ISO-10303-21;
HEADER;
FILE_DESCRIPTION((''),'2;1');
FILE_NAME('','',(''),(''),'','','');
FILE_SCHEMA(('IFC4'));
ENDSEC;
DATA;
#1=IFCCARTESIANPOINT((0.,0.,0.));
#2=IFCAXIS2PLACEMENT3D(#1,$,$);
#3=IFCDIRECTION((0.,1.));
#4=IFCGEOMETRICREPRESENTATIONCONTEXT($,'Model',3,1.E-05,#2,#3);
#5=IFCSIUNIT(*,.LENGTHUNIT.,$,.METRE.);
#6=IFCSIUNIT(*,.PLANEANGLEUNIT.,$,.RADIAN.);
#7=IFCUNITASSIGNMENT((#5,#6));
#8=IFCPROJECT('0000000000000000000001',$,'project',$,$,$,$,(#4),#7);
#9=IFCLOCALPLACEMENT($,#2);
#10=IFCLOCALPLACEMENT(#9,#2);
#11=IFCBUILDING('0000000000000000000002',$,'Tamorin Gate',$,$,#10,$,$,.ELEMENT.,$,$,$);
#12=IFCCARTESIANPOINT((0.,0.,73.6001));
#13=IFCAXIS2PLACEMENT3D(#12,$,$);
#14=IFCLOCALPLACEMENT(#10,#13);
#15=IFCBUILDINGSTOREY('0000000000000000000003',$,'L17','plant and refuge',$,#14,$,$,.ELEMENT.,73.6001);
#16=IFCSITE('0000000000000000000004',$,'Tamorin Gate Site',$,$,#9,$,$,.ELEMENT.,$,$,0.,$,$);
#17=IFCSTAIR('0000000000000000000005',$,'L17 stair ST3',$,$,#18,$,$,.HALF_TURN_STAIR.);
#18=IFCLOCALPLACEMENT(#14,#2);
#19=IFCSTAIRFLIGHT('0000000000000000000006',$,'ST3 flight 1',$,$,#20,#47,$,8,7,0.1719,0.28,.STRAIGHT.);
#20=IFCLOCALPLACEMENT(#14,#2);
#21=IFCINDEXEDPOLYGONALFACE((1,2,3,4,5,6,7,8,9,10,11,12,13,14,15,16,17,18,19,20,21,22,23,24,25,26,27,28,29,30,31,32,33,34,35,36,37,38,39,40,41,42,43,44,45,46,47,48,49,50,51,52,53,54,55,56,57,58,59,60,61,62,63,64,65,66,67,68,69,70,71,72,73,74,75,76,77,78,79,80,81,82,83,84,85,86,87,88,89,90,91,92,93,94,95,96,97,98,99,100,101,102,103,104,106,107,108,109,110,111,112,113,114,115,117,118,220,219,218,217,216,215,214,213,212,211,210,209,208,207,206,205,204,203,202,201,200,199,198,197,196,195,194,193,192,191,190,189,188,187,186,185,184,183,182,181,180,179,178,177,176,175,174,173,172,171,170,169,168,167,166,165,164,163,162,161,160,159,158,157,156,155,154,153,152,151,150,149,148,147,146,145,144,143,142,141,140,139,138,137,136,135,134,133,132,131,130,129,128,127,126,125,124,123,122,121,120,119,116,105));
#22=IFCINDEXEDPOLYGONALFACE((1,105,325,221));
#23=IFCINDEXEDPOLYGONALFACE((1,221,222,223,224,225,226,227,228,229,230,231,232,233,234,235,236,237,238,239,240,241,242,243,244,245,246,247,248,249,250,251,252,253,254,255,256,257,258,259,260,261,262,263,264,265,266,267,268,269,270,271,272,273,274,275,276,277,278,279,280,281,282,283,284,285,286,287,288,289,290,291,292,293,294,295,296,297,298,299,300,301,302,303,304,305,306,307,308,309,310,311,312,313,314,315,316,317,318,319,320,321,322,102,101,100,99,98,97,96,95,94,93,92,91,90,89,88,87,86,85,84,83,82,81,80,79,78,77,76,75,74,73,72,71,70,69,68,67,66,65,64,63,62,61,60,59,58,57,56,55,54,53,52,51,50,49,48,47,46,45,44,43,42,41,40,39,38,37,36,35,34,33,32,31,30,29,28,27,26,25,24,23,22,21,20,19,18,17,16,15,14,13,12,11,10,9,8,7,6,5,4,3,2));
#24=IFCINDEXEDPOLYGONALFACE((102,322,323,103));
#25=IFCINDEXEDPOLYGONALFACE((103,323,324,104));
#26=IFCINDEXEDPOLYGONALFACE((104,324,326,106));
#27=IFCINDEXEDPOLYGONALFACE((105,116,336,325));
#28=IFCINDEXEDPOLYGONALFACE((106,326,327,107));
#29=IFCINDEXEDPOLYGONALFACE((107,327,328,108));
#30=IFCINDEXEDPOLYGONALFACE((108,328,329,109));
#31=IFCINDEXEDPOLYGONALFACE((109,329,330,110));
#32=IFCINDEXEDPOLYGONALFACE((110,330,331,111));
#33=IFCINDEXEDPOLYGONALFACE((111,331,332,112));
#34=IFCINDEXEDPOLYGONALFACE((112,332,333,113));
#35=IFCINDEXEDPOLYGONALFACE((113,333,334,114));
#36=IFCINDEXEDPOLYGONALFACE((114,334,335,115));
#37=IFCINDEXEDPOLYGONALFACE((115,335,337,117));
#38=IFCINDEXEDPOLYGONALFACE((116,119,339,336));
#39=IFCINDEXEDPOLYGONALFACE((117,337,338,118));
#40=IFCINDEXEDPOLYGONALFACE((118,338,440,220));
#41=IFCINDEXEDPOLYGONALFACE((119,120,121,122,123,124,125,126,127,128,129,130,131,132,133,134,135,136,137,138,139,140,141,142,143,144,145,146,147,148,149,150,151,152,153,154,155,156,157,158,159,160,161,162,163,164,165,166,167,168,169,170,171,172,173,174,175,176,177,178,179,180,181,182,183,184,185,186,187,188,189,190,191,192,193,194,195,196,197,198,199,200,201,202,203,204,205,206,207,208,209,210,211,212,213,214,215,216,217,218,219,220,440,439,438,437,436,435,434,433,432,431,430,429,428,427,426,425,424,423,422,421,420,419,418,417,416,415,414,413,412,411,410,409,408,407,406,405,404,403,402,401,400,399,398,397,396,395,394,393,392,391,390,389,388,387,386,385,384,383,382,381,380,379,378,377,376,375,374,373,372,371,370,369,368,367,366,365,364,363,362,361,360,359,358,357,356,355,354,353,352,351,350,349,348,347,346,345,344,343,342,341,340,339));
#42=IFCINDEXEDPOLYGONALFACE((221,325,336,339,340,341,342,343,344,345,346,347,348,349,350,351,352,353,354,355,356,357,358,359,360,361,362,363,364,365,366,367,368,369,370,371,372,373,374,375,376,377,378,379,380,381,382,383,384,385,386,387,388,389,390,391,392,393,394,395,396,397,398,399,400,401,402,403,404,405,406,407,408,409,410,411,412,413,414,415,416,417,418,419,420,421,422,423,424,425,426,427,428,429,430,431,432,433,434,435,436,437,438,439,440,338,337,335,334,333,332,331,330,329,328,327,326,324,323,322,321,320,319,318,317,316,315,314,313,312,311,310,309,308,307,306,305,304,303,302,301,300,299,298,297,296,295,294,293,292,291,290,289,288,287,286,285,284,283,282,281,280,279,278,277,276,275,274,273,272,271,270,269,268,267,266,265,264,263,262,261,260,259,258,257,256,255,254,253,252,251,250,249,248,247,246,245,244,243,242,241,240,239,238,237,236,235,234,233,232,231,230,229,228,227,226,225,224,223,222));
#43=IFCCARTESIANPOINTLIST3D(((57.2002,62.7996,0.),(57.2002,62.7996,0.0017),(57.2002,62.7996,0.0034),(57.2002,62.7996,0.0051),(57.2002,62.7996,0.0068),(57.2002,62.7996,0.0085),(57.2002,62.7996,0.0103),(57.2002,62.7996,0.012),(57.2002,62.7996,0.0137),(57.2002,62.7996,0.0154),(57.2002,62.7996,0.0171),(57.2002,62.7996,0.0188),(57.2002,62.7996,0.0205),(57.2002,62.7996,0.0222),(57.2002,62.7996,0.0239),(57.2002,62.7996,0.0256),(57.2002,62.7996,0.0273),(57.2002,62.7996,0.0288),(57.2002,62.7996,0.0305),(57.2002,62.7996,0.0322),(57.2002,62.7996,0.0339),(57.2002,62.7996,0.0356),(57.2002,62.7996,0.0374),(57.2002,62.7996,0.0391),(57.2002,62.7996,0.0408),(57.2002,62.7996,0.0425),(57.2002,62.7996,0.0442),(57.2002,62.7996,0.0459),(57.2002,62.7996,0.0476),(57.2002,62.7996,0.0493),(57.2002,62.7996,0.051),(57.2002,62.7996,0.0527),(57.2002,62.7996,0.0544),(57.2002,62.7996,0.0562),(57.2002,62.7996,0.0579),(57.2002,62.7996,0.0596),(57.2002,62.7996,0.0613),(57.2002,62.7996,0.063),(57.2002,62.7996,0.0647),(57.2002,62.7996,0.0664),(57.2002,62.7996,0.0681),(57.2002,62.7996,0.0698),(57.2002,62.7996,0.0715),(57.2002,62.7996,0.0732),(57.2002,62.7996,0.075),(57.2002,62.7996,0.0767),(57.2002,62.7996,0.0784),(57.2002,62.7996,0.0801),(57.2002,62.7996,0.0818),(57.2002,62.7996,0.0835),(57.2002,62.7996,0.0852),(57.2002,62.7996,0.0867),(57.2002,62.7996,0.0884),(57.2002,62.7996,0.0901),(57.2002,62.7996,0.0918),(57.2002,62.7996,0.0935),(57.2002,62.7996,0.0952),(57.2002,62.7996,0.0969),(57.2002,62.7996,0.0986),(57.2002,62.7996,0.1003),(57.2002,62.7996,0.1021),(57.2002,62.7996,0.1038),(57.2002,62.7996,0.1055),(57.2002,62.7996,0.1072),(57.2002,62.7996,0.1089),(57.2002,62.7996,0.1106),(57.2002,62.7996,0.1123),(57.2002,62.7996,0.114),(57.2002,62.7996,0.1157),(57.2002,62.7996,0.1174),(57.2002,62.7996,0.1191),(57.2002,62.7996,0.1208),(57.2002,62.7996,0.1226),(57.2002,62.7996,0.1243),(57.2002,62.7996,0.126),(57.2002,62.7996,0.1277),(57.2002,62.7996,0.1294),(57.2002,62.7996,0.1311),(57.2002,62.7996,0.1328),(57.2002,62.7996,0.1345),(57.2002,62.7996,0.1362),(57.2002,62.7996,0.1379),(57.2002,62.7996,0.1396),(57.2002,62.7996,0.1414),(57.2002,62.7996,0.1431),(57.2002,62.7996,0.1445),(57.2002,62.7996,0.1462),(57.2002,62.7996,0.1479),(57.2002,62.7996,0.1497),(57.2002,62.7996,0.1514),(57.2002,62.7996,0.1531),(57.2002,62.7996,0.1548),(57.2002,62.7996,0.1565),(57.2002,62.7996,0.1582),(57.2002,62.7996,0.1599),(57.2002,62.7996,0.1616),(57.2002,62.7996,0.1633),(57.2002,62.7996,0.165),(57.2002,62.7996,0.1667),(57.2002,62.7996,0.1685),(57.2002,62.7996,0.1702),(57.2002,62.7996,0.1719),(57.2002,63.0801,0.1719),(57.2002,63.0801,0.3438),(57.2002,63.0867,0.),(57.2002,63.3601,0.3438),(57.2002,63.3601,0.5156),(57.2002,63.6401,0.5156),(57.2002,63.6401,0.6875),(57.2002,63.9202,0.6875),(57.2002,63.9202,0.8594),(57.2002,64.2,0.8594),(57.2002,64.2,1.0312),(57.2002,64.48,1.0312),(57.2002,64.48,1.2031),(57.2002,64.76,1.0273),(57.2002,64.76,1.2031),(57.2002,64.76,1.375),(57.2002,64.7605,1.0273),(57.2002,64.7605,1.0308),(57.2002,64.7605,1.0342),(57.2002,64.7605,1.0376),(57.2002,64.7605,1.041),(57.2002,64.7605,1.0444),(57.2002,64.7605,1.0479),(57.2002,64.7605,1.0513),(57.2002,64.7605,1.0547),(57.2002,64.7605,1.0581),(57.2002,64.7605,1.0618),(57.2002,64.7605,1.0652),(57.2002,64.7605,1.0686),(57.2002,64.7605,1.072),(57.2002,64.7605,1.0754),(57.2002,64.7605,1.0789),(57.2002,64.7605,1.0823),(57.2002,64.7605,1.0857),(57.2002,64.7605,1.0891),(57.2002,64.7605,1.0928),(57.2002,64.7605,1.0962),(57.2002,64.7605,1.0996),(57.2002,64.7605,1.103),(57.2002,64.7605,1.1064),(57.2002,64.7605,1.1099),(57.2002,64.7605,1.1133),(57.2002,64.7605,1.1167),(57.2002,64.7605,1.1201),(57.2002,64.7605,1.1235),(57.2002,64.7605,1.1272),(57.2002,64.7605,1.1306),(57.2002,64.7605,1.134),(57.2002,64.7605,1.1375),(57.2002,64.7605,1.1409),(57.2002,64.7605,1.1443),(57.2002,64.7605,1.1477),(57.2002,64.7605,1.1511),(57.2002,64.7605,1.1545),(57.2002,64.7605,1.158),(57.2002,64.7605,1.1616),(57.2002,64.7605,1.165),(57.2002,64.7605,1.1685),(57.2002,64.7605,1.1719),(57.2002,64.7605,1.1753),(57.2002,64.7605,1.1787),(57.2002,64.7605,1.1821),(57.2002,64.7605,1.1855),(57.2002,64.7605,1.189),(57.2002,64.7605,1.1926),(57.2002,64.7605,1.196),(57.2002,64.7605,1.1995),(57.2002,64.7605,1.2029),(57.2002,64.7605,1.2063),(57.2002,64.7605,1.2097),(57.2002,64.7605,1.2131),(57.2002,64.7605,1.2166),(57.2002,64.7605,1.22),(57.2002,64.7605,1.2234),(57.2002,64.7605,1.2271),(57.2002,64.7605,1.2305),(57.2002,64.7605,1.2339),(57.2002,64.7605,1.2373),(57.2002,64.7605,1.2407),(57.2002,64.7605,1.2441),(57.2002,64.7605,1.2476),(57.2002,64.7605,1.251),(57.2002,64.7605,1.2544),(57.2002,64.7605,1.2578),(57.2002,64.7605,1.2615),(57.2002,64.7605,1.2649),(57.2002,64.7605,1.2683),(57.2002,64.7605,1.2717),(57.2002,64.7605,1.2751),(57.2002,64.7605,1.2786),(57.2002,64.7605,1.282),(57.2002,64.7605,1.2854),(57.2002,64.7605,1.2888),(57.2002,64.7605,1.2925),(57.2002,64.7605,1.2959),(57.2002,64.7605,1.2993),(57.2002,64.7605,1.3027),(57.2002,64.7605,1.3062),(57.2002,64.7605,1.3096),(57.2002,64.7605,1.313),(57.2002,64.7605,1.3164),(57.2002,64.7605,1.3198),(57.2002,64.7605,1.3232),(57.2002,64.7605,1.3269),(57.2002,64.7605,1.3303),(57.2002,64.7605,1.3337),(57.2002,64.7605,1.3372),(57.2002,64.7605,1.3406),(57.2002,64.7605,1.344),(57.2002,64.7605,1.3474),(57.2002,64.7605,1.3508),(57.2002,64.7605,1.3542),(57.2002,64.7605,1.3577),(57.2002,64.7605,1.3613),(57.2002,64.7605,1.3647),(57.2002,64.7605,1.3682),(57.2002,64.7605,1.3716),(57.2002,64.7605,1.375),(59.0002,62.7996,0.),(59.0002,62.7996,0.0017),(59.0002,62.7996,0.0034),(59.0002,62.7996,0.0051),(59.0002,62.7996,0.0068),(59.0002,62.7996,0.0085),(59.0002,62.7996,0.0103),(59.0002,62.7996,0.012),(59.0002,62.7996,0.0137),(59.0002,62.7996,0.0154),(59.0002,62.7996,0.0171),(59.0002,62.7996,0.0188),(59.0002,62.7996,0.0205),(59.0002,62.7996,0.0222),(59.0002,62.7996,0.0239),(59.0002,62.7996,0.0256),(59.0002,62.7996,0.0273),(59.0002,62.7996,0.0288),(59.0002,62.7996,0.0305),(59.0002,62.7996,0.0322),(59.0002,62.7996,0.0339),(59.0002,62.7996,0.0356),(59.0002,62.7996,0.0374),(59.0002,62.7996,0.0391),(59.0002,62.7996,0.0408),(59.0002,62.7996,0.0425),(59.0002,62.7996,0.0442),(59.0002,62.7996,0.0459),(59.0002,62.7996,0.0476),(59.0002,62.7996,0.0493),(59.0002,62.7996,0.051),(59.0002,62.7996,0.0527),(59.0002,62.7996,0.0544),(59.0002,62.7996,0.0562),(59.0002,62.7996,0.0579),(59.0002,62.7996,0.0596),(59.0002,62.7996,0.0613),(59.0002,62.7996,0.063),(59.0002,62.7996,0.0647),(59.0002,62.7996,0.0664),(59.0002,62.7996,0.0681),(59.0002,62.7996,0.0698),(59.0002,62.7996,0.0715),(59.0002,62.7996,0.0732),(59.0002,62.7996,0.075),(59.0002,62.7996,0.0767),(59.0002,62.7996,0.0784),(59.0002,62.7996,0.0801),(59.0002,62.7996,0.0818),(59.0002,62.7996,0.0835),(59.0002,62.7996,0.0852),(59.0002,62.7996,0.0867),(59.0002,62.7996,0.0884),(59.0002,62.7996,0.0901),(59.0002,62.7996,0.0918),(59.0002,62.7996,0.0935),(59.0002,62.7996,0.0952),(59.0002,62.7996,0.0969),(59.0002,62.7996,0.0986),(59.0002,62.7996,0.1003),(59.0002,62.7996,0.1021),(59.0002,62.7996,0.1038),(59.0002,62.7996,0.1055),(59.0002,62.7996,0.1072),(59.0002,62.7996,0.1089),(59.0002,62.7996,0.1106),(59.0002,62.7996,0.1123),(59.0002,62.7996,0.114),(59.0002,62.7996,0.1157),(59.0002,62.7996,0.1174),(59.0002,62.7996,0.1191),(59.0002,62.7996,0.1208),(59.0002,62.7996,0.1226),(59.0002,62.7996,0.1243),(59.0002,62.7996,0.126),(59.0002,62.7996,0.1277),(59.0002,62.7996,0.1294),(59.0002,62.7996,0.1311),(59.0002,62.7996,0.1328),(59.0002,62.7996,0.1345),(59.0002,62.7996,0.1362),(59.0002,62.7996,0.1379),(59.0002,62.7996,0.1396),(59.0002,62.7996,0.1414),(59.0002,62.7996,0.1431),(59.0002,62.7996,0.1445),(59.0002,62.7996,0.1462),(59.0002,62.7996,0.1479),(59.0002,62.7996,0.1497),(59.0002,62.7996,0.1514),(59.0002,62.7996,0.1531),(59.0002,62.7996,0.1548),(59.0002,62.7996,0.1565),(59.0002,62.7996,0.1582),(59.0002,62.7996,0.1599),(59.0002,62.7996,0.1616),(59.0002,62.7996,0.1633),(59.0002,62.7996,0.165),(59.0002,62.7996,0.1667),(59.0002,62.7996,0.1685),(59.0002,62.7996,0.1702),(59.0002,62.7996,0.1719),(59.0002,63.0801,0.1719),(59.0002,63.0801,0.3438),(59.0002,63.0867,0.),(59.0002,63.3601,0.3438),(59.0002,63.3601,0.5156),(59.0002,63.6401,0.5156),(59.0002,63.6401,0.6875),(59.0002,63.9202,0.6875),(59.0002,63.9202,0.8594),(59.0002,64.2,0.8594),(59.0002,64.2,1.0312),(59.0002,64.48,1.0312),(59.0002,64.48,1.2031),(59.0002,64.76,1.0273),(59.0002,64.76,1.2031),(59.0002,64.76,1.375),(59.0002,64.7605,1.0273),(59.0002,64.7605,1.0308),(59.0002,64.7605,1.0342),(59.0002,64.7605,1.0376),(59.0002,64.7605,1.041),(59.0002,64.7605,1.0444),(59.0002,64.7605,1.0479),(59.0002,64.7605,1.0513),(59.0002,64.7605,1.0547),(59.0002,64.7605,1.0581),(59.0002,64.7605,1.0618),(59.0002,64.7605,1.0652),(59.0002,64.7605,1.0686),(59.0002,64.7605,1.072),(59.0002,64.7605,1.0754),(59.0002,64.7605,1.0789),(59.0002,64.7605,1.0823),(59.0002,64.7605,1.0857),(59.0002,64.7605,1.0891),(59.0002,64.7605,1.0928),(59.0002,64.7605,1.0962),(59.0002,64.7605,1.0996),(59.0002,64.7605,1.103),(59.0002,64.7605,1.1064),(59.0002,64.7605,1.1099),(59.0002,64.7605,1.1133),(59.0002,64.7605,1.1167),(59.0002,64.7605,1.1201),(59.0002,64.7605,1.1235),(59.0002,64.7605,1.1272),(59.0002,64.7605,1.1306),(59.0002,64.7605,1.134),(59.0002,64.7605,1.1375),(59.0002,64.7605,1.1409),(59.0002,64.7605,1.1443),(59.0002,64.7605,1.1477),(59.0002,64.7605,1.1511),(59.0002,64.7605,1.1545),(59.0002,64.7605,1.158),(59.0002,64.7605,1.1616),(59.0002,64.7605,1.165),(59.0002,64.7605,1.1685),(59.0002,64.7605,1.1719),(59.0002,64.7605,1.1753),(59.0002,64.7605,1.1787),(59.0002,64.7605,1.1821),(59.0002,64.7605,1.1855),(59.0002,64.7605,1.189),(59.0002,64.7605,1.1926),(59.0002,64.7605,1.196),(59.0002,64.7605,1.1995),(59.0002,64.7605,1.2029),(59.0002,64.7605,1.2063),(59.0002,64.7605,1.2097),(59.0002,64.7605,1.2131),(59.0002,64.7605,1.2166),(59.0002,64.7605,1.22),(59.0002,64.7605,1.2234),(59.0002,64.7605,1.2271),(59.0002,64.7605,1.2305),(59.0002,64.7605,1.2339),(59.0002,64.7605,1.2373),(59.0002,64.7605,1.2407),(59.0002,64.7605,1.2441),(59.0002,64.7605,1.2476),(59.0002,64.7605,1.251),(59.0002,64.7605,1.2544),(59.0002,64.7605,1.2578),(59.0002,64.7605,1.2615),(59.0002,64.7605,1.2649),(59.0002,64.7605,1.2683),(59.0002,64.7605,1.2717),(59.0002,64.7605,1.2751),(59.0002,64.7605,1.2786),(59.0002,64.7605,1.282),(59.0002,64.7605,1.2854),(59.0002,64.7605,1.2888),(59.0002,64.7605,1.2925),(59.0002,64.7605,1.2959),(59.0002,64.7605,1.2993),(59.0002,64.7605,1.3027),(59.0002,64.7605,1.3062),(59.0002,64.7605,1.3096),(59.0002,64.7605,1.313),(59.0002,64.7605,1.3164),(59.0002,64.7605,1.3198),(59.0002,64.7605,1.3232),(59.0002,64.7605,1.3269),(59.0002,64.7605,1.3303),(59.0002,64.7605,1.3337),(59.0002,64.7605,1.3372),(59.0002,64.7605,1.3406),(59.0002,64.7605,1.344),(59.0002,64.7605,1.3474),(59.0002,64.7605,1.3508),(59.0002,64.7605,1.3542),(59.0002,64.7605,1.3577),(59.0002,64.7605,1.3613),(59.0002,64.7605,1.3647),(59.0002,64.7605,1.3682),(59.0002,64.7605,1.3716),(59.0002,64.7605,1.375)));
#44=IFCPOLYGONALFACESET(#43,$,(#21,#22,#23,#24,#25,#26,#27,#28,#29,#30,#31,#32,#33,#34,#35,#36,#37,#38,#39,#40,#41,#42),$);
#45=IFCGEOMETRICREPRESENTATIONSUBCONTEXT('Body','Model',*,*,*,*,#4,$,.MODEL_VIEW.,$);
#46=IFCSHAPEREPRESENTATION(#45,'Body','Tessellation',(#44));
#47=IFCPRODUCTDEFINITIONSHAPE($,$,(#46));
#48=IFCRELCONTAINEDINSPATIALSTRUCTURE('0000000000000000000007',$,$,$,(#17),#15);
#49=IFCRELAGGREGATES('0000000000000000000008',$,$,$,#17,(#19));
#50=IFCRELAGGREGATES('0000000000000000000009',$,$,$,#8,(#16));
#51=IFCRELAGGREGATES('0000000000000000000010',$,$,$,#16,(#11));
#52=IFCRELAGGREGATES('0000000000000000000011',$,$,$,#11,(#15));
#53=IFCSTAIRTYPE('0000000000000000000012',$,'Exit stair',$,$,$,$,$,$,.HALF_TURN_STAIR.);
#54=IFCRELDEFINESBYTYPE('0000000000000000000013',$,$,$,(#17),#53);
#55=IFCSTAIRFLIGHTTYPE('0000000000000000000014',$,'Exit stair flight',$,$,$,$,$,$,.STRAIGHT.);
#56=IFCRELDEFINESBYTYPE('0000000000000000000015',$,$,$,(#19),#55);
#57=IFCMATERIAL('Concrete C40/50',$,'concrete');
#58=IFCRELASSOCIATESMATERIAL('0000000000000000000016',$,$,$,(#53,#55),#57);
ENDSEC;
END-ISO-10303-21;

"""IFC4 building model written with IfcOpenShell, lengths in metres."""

from ifc_helpers import new_model, si_unit, direction, frame, origin, place, context, subcontext, project, spatial, polyline, outline, extrude, material, type_object, element, aggregate, save


model = new_model("IFC4")

# Units and contexts
model_context = context("Model", 3, precision=1e-05, world=origin(), true_north=direction((0.0, 1.0)))
body_context = subcontext(model_context, "Body", "Model", "MODEL_VIEW")
ifc_project = project(units=[si_unit("LENGTHUNIT", "METRE"), si_unit("PLANEANGLEUNIT", "RADIAN")], contexts=[model_context])

# Site, building, storey
site_placement = place(None, origin())
site = spatial("IfcSite", under=ifc_project, at=site_placement, Name="Tamorin Gate Site", CompositionType="ELEMENT", RefElevation=0.0)
building_placement = place(site_placement, origin())
building = spatial("IfcBuilding", under=site, at=building_placement, Name="Tamorin Gate", CompositionType="ELEMENT")
storey_placement = place(building_placement, frame((0.0, 0.0, 73.6001)))
storey = spatial("IfcBuildingStorey", under=building, at=storey_placement, Name="L17", Description="plant and refuge", CompositionType="ELEMENT", Elevation=73.6001)

# Stair, stair flight
ifc_material_1 = material(Name="Concrete C40/50", Category="concrete")
stair_type = type_object("IfcStairType", Name="Exit stair", PredefinedType="HALF_TURN_STAIR", material=ifc_material_1)
stair_placement = place(storey_placement, origin())
stair = element("IfcStair", 1, at=stair_placement, inside=storey, type_object=stair_type, Name="L17 stair ST3", PredefinedType="HALF_TURN_STAIR")
stair_flight_type = type_object("IfcStairFlightType", Name="Exit stair flight", PredefinedType="STRAIGHT", material=ifc_material_1)
stair_flight_1_placement = place(storey_placement, frame((58.1001, 62.8, 0.0), z_axis=(0.0, 0.0, 1.0), x_axis=(0.0, 1.0, 0.0)))
stair_flight_1 = element("IfcStairFlight", 2, at=stair_flight_1_placement, type_object=stair_flight_type, Name="ST3 flight 1", NumberOfRisers=8, NumberOfTreads=7, PredefinedType="STRAIGHT", RiserHeight=0.1719, TreadLength=0.28, context=body_context, shape_type="SweptSolid", body=[
    extrude(outline(polyline([(-0.0005, 0.0), (-0.0005, 0.0017), (-0.0005, 0.0034), (-0.0005, 0.0051), (-0.0005, 0.0068), (-0.0005, 0.0085), (-0.0005, 0.0103), (-0.0005, 0.012), (-0.0005, 0.0137), (-0.0005, 0.0154), (-0.0005, 0.0171), (-0.0005, 0.0188), (-0.0005, 0.0205), (-0.0005, 0.0222), (-0.0005, 0.0239), (-0.0005, 0.0256), (-0.0005, 0.0273), (-0.0005, 0.0288), (-0.0005, 0.0305), (-0.0005, 0.0322), (-0.0005, 0.0339), (-0.0005, 0.0356), (-0.0005, 0.0374), (-0.0005, 0.0391), (-0.0005, 0.0408), (-0.0005, 0.0425), (-0.0005, 0.0442), (-0.0005, 0.0459), (-0.0005, 0.0476), (-0.0005, 0.0493), (-0.0005, 0.051), (-0.0005, 0.0527), (-0.0005, 0.0544), (-0.0005, 0.0562), (-0.0005, 0.0579), (-0.0005, 0.0596), (-0.0005, 0.0613), (-0.0005, 0.063), (-0.0005, 0.0647), (-0.0005, 0.0664), (-0.0005, 0.0681), (-0.0005, 0.0698), (-0.0005, 0.0715), (-0.0005, 0.0732), (-0.0005, 0.075), (-0.0005, 0.0767), (-0.0005, 0.0784), (-0.0005, 0.0801), (-0.0005, 0.0818), (-0.0005, 0.0835), (-0.0005, 0.0852), (-0.0005, 0.0867), (-0.0005, 0.0884), (-0.0005, 0.0901), (-0.0005, 0.0918), (-0.0005, 0.0935), (-0.0005, 0.0952), (-0.0005, 0.0969), (-0.0005, 0.0986), (-0.0005, 0.1003), (-0.0005, 0.1021), (-0.0005, 0.1038), (-0.0005, 0.1055), (-0.0005, 0.1072), (-0.0005, 0.1089), (-0.0005, 0.1106), (-0.0005, 0.1123), (-0.0005, 0.114), (-0.0005, 0.1157), (-0.0005, 0.1174), (-0.0005, 0.1191), (-0.0005, 0.1208), (-0.0005, 0.1226), (-0.0005, 0.1243), (-0.0005, 0.126), (-0.0005, 0.1277), (-0.0005, 0.1294), (-0.0005, 0.1311), (-0.0005, 0.1328), (-0.0005, 0.1345), (-0.0005, 0.1362), (-0.0005, 0.1379), (-0.0005, 0.1396), (-0.0005, 0.1414), (-0.0005, 0.1431), (-0.0005, 0.1445), (-0.0005, 0.1462), (-0.0005, 0.1479), (-0.0005, 0.1497), (-0.0005, 0.1514), (-0.0005, 0.1531), (-0.0005, 0.1548), (-0.0005, 0.1565), (-0.0005, 0.1582), (-0.0005, 0.1599), (-0.0005, 0.1616), (-0.0005, 0.1633), (-0.0005, 0.165), (-0.0005, 0.1667), (-0.0005, 0.1685), (-0.0005, 0.1702), (-0.0005, 0.1719), (0.28, 0.1719), (0.28, 0.3438), (0.5601, 0.3438), (0.5601, 0.5156), (0.8401, 0.5156), (0.8401, 0.6875), (1.1201, 0.6875), (1.1201, 0.8594), (1.3999, 0.8594), (1.3999, 1.0312), (1.6799, 1.0312), (1.6799, 1.2031), (1.96, 1.2031), (1.96, 1.375), (1.9604, 1.375), (1.9604, 1.3716), (1.9604, 1.3682), (1.9604, 1.3647), (1.9604, 1.3613), (1.9604, 1.3577), (1.9604, 1.3542), (1.9604, 1.3508), (1.9604, 1.3474), (1.9604, 1.344), (1.9604, 1.3406), (1.9604, 1.3372), (1.9604, 1.3337), (1.9604, 1.3303), (1.9604, 1.3269), (1.9604, 1.3232), (1.9604, 1.3198), (1.9604, 1.3164), (1.9604, 1.313), (1.9604, 1.3096), (1.9604, 1.3062), (1.9604, 1.3027), (1.9604, 1.2993), (1.9604, 1.2959), (1.9604, 1.2925), (1.9604, 1.2888), (1.9604, 1.2854), (1.9604, 1.282), (1.9604, 1.2786), (1.9604, 1.2751), (1.9604, 1.2717), (1.9604, 1.2683), (1.9604, 1.2649), (1.9604, 1.2615), (1.9604, 1.2578), (1.9604, 1.2544), (1.9604, 1.251), (1.9604, 1.2476), (1.9604, 1.2441), (1.9604, 1.2407), (1.9604, 1.2373), (1.9604, 1.2339), (1.9604, 1.2305), (1.9604, 1.2271), (1.9604, 1.2234), (1.9604, 1.22), (1.9604, 1.2166), (1.9604, 1.2131), (1.9604, 1.2097), (1.9604, 1.2063), (1.9604, 1.2029), (1.9604, 1.1995), (1.9604, 1.196), (1.9604, 1.1926), (1.9604, 1.189), (1.9604, 1.1855), (1.9604, 1.1821), (1.9604, 1.1787), (1.9604, 1.1753), (1.9604, 1.1719), (1.9604, 1.1685), (1.9604, 1.165), (1.9604, 1.1616), (1.9604, 1.158), (1.9604, 1.1545), (1.9604, 1.1511), (1.9604, 1.1477), (1.9604, 1.1443), (1.9604, 1.1409), (1.9604, 1.1375), (1.9604, 1.134), (1.9604, 1.1306), (1.9604, 1.1272), (1.9604, 1.1235), (1.9604, 1.1201), (1.9604, 1.1167), (1.9604, 1.1133), (1.9604, 1.1099), (1.9604, 1.1064), (1.9604, 1.103), (1.9604, 1.0996), (1.9604, 1.0962), (1.9604, 1.0928), (1.9604, 1.0891), (1.9604, 1.0857), (1.9604, 1.0823), (1.9604, 1.0789), (1.9604, 1.0754), (1.9604, 1.072), (1.9604, 1.0686), (1.9604, 1.0652), (1.9604, 1.0618), (1.9604, 1.0581), (1.9604, 1.0547), (1.9604, 1.0513), (1.9604, 1.0479), (1.9604, 1.0444), (1.9604, 1.041), (1.9604, 1.0376), (1.9604, 1.0342), (1.9604, 1.0308), (1.9604, 1.0273), (1.96, 1.0273), (0.2866, 0.0), (-0.0005, 0.0)])), frame((0.0, 0.8999, 0.0), z_axis=(0.0, -1.0, 0.0), x_axis=(1.0, 0.0, 0.0)), (0.0, 0.0, 1.0), 1.8),
])
aggregate(stair, [stair_flight_1])

save(model, "model.ifc")
